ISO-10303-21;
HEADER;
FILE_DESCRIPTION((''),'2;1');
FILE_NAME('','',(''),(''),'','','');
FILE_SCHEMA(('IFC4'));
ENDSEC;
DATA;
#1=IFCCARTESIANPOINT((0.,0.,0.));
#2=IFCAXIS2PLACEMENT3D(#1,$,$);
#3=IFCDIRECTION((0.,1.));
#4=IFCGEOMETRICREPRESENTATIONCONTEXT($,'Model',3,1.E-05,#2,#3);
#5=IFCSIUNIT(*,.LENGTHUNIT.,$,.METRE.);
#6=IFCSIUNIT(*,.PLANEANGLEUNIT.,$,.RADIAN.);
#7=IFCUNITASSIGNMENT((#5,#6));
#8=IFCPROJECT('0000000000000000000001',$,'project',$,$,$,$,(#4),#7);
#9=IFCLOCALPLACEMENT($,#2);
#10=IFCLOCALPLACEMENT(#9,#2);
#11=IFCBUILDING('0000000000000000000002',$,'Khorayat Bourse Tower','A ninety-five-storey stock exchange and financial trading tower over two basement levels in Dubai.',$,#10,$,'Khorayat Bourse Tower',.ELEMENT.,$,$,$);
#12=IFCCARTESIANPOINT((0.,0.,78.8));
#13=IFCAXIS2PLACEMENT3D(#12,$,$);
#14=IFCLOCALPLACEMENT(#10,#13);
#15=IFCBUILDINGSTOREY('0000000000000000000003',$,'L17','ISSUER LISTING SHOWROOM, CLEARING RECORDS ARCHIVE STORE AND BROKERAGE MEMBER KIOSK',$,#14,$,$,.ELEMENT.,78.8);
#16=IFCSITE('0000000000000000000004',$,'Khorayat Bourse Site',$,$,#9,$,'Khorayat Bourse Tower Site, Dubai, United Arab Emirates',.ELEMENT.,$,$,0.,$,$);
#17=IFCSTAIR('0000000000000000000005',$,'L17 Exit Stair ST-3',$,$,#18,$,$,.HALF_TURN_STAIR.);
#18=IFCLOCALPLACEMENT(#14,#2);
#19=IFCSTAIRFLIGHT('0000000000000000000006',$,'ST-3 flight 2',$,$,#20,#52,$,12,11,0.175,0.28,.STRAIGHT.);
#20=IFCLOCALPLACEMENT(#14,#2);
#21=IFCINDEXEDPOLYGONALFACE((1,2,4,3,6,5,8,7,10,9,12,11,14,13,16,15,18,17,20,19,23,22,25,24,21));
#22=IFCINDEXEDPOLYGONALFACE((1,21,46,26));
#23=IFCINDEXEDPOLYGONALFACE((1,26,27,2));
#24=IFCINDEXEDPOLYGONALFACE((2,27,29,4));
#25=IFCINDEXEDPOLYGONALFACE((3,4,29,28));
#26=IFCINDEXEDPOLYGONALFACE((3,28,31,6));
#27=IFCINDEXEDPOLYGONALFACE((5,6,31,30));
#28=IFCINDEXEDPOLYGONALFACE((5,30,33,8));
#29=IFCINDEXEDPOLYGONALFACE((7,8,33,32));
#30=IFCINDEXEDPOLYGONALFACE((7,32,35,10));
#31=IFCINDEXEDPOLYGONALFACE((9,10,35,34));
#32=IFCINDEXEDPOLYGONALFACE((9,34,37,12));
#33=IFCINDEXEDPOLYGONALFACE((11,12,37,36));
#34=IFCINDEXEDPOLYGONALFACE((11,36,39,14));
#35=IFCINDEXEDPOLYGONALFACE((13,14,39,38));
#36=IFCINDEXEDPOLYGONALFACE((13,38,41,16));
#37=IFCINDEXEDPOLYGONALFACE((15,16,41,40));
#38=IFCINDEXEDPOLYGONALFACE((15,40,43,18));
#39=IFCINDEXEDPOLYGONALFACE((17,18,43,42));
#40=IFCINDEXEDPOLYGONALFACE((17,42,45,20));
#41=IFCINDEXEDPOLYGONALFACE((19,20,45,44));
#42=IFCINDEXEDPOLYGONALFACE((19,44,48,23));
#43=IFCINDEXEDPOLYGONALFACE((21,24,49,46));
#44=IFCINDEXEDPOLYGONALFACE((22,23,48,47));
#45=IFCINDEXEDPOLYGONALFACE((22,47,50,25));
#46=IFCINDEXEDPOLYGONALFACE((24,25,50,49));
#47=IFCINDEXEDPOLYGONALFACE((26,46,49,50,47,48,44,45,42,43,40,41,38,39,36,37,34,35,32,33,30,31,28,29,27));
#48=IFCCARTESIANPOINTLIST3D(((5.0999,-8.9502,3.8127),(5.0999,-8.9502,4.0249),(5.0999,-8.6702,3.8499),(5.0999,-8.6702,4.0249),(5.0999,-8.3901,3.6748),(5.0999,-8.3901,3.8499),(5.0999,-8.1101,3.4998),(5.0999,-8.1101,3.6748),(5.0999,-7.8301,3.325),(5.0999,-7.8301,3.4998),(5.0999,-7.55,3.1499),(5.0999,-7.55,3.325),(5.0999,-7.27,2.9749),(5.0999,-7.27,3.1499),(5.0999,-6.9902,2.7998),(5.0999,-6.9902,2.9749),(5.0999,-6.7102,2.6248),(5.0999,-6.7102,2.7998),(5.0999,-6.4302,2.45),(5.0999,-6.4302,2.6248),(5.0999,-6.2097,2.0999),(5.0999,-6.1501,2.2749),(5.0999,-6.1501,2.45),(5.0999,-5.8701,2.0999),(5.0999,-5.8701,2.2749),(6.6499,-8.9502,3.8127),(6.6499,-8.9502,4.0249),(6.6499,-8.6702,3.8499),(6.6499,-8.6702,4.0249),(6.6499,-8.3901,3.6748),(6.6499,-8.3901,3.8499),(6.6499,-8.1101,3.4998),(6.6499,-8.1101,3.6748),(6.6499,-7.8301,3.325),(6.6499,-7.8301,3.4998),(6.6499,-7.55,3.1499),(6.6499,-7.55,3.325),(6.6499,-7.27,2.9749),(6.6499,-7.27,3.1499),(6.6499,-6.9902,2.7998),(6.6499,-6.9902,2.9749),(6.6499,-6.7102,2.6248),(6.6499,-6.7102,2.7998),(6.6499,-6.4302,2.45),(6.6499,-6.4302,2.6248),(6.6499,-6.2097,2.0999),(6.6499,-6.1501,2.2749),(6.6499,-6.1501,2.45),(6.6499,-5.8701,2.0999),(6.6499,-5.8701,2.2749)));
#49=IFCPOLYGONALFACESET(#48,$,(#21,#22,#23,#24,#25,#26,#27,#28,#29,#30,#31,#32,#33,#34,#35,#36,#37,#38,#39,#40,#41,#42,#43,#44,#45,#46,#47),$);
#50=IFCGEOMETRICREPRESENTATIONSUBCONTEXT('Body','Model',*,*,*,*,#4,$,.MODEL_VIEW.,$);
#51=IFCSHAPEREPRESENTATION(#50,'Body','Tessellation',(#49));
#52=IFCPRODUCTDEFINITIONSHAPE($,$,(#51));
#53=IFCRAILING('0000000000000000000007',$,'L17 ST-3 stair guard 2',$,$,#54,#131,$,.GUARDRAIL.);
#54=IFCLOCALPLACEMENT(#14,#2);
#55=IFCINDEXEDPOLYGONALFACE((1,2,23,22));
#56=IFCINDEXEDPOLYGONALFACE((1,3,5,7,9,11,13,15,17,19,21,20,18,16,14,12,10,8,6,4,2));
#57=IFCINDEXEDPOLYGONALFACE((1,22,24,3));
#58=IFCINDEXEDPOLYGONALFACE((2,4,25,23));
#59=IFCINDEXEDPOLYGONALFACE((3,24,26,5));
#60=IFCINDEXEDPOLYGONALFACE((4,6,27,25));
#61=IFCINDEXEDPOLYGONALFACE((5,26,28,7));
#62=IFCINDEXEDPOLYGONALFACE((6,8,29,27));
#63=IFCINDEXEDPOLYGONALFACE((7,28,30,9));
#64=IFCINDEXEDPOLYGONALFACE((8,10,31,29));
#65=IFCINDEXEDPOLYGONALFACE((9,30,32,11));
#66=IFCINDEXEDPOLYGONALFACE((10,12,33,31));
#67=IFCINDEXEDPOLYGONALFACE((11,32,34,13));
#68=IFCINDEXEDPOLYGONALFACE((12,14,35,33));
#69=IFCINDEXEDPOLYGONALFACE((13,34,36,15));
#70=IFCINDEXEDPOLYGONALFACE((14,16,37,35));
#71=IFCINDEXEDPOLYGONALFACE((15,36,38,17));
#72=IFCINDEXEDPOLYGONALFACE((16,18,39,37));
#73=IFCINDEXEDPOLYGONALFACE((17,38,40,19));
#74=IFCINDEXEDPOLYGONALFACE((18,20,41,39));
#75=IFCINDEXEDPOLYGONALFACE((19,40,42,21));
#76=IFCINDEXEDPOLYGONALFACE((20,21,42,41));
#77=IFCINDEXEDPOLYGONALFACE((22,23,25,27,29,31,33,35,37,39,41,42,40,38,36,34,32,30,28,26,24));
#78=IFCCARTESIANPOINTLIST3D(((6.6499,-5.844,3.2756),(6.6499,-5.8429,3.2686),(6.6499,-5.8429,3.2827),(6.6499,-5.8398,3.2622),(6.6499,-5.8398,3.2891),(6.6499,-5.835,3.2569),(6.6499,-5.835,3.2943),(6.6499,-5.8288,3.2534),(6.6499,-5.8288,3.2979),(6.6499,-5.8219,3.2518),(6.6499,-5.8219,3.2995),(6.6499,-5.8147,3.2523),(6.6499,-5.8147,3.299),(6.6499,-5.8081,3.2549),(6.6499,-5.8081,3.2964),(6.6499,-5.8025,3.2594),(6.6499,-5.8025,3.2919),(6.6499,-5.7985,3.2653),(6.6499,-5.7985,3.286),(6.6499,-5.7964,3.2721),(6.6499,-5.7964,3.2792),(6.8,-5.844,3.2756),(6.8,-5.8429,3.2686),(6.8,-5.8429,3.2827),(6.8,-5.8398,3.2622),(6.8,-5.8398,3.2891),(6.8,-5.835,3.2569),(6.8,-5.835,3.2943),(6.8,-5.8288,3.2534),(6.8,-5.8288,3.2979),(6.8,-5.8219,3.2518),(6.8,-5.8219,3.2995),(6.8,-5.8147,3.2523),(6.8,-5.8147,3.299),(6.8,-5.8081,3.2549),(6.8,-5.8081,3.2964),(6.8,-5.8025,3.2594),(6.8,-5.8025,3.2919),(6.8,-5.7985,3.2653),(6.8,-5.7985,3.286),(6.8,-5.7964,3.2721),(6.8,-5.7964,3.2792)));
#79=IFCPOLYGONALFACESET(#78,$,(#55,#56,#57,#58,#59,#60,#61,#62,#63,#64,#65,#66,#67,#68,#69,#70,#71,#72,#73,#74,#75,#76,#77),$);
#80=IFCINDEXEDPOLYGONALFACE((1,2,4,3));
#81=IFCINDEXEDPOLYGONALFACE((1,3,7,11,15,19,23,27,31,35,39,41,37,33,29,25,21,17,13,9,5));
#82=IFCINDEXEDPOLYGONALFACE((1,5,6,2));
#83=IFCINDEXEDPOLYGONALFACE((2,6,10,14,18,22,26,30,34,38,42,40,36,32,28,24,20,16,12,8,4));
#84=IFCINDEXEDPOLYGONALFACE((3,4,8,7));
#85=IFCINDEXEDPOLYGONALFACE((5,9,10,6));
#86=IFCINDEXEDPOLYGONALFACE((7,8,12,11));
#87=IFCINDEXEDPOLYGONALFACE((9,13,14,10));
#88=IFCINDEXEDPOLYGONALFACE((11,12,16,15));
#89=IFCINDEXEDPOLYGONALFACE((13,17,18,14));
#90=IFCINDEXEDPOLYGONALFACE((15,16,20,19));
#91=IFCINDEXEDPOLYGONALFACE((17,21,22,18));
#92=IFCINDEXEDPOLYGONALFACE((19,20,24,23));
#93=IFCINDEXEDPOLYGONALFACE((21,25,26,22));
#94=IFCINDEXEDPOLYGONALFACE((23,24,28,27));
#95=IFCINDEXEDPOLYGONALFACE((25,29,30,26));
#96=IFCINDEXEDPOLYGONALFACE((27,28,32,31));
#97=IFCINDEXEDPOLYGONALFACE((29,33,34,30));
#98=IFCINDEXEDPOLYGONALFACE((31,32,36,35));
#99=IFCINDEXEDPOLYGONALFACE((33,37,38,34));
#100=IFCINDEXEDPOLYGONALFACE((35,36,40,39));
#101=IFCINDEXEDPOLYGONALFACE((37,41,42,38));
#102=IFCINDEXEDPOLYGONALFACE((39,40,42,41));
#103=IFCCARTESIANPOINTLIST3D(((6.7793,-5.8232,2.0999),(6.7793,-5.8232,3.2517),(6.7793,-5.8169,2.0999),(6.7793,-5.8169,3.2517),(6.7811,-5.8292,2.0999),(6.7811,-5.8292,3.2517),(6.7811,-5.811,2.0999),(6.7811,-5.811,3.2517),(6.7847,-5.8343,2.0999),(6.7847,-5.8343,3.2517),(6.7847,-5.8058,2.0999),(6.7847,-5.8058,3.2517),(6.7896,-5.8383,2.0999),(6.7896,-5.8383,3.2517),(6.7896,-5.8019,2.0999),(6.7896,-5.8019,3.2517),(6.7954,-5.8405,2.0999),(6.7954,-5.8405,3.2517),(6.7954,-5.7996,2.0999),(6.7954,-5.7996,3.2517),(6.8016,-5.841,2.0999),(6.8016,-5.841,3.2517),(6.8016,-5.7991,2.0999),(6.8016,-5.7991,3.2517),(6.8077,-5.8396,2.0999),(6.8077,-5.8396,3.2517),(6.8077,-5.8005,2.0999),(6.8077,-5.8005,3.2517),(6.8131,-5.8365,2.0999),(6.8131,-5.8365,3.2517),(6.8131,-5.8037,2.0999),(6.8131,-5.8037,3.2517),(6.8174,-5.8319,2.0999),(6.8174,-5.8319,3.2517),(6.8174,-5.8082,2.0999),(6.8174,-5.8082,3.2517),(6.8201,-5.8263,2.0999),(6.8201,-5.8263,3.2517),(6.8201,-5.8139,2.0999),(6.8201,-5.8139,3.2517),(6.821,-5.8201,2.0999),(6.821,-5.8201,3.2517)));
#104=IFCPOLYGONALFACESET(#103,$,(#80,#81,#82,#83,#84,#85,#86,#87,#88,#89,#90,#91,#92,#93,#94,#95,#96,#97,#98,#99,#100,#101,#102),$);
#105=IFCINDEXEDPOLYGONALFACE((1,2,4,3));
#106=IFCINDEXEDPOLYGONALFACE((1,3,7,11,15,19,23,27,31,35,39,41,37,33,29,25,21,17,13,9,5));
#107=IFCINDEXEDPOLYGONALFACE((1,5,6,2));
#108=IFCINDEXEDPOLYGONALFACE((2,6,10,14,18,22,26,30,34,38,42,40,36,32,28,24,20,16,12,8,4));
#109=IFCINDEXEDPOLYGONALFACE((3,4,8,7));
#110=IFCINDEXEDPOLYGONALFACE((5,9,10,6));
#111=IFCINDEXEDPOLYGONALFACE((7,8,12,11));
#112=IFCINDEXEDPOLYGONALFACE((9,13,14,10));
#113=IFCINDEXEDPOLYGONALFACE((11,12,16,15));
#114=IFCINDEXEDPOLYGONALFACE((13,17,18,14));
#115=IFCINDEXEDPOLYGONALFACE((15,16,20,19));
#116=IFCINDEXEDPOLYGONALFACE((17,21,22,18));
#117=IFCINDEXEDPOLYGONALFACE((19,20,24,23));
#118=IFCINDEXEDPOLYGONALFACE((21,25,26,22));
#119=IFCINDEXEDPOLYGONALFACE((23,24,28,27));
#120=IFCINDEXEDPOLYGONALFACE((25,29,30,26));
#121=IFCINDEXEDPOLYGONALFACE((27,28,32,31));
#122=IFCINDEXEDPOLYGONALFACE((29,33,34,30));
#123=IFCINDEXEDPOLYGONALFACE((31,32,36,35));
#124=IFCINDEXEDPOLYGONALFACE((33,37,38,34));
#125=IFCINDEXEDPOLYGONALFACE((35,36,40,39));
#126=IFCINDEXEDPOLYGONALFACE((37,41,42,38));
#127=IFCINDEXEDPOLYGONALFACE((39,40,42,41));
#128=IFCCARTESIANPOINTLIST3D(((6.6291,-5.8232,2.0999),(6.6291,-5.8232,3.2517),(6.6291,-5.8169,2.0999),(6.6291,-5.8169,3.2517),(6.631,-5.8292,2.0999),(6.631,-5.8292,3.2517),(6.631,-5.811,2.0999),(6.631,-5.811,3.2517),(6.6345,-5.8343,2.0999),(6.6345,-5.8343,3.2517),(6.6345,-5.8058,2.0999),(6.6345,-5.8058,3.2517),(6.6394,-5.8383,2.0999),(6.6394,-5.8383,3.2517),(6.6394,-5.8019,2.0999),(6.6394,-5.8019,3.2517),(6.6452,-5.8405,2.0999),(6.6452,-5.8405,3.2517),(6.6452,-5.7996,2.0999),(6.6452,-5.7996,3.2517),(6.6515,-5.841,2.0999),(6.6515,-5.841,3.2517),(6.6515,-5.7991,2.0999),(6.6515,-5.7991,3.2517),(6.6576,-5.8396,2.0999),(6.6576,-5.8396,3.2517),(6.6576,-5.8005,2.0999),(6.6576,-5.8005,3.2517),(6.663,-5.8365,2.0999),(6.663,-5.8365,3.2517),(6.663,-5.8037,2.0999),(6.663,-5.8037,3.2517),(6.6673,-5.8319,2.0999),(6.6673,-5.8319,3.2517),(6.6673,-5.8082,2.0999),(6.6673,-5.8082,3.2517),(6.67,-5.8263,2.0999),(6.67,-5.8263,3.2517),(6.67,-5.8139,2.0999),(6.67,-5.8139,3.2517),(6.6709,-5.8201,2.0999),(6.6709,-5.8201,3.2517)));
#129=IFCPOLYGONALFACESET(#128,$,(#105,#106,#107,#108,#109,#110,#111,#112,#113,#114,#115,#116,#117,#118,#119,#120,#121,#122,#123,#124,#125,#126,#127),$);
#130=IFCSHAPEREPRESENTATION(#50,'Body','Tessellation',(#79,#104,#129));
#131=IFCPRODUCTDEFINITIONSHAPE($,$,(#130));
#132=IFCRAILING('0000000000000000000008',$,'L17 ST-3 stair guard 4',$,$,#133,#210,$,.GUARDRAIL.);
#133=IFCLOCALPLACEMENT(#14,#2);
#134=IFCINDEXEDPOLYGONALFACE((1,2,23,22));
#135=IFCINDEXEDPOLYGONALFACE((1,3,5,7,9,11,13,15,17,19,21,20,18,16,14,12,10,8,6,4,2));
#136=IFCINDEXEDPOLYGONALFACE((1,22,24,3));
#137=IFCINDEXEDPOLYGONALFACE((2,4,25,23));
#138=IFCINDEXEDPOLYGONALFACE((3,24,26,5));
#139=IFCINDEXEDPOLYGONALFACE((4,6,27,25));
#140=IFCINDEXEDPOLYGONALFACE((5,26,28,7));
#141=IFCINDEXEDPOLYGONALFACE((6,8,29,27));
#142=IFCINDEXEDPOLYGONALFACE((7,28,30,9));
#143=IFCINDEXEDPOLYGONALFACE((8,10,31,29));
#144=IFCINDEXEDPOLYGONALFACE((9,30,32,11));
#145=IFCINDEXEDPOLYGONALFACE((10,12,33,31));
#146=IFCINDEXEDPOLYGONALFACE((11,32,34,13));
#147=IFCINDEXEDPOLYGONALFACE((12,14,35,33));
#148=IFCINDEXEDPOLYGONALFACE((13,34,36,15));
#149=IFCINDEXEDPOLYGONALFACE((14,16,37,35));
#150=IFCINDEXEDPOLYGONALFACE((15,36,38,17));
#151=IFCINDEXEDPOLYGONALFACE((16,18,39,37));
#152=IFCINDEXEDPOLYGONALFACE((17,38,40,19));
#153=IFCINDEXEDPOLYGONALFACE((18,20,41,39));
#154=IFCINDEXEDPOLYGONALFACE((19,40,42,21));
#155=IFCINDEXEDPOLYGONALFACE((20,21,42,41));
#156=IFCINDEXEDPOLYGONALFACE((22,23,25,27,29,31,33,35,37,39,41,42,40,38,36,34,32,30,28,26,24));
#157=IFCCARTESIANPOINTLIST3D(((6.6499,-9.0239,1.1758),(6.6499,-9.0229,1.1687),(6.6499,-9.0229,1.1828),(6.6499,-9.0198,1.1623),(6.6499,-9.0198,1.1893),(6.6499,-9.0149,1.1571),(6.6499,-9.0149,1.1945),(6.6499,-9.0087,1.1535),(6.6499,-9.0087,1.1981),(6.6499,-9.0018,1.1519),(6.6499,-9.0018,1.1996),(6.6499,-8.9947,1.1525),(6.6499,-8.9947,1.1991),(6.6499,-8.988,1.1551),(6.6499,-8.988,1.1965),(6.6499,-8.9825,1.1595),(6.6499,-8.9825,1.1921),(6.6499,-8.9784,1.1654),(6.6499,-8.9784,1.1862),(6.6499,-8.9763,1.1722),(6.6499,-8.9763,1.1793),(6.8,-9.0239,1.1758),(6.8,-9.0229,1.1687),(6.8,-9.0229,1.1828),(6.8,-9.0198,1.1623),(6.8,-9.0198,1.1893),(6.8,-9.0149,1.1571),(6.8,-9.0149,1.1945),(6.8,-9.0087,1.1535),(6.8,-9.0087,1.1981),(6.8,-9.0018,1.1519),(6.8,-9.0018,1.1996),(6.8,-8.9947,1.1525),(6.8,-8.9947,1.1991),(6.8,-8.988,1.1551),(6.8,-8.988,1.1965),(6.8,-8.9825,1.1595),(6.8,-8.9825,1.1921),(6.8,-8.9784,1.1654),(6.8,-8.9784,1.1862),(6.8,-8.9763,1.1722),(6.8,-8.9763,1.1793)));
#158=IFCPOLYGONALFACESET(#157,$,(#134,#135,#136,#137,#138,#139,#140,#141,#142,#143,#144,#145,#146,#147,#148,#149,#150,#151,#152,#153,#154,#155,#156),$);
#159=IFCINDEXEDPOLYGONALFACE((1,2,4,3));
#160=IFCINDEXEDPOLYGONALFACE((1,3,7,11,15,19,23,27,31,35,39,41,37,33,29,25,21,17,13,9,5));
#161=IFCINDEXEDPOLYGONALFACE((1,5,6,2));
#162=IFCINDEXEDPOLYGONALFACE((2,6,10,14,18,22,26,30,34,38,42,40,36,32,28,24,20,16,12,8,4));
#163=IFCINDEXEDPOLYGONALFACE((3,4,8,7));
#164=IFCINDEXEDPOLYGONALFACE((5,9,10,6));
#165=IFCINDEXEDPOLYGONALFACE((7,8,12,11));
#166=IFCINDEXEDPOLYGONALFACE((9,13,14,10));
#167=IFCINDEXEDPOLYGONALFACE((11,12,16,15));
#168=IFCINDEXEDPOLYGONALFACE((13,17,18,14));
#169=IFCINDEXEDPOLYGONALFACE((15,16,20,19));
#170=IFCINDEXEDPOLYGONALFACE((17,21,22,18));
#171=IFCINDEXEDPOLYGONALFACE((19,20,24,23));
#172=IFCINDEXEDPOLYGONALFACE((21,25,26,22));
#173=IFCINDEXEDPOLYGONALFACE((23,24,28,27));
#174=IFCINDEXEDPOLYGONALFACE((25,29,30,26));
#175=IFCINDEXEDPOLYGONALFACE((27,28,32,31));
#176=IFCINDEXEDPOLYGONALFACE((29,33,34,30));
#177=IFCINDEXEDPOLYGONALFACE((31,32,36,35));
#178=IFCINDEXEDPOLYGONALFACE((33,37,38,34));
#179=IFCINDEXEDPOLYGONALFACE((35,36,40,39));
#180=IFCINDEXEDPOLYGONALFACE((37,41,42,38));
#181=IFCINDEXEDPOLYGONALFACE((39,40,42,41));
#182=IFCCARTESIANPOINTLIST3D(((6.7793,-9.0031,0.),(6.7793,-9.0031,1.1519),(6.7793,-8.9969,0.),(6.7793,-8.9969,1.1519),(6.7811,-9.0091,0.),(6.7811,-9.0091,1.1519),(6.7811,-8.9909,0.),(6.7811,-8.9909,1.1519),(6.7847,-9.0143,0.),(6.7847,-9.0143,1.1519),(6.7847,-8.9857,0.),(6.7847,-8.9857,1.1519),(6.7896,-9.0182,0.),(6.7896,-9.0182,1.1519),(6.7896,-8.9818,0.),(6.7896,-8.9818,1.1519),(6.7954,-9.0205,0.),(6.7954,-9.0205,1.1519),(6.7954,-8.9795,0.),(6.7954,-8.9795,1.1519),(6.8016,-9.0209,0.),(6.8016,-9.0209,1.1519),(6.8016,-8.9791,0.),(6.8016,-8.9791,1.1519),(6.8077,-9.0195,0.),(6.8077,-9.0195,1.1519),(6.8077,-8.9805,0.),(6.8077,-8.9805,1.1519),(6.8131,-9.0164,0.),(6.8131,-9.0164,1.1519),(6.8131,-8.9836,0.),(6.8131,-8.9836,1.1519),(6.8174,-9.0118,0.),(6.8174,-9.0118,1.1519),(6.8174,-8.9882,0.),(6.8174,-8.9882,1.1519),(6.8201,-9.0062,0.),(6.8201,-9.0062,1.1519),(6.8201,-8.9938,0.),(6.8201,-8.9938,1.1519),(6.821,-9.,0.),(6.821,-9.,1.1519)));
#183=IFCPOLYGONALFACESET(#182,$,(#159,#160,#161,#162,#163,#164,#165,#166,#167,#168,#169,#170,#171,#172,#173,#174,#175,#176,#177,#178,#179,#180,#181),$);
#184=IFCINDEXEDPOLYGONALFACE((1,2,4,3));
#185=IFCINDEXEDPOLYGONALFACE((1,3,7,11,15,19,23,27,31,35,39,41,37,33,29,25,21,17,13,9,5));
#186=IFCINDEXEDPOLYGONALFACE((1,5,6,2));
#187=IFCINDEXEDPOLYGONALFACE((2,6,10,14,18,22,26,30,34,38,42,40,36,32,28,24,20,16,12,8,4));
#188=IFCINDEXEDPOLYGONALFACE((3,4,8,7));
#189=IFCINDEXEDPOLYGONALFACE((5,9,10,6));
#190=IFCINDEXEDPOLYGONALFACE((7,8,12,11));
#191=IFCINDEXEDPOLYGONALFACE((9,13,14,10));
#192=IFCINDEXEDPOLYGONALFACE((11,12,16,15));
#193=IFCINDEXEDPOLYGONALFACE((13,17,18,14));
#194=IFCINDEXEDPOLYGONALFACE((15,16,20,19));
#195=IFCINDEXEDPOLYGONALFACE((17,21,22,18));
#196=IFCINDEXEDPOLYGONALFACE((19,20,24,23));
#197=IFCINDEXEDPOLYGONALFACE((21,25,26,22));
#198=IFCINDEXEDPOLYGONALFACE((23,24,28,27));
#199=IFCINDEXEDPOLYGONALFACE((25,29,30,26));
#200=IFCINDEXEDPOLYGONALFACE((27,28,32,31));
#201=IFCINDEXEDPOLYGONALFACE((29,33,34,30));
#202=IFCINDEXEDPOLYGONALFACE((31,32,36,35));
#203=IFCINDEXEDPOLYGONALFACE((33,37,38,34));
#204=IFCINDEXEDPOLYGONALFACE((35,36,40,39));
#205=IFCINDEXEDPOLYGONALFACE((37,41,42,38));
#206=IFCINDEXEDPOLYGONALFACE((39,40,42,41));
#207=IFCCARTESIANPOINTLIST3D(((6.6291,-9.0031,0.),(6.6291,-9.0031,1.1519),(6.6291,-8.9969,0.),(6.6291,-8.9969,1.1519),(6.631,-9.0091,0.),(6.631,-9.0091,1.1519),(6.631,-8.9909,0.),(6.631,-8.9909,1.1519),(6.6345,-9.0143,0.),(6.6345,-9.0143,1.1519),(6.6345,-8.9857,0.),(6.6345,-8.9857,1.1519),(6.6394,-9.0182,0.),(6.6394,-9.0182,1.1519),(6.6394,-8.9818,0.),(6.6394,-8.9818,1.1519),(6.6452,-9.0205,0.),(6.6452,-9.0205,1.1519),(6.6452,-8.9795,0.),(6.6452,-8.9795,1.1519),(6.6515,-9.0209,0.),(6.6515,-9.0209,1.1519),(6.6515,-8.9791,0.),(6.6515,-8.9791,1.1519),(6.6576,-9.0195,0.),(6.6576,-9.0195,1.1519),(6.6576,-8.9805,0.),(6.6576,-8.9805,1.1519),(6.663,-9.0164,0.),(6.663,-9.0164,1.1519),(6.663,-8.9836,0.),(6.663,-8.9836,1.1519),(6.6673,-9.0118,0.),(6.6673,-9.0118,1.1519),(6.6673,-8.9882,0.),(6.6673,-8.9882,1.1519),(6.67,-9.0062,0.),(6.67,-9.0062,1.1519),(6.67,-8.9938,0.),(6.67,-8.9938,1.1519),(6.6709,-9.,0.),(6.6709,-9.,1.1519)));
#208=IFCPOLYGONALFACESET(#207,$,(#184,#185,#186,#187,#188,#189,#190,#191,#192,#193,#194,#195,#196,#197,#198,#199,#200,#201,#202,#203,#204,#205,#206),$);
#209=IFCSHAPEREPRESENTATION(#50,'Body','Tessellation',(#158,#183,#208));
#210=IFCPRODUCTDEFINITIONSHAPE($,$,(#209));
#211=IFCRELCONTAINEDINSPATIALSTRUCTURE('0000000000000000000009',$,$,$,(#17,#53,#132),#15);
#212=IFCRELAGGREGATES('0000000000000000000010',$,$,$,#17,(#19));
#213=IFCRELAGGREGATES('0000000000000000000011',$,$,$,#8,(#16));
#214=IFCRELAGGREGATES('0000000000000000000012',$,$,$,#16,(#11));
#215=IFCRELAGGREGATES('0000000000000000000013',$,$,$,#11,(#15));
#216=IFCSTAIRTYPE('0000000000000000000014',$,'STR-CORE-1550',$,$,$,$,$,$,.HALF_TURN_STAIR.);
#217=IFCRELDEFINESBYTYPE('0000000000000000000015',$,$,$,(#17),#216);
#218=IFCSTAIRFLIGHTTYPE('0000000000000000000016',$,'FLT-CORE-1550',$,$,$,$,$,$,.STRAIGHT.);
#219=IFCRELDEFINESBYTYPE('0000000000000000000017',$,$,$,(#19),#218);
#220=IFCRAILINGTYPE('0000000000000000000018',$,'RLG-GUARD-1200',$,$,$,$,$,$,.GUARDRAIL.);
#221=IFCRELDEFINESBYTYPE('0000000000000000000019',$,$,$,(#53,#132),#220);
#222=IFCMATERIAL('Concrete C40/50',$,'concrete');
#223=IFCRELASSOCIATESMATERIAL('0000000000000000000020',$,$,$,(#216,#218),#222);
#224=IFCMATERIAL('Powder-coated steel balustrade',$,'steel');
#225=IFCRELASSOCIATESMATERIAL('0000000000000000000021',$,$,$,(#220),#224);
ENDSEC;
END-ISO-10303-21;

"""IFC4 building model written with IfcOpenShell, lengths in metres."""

from ifc_helpers import new_model, si_unit, direction, frame, origin, origin_2d, place, context, subcontext, project, spatial, polyline, circle, outline, extrude, source, transform, mapped, material, type_object, element, aggregate, save


model = new_model("IFC4")

# Units and contexts
model_context = context("Model", 3, precision=1e-05, world=origin(), true_north=direction((0.0, 1.0)))
body_context = subcontext(model_context, "Body", "Model", "MODEL_VIEW")
ifc_project = project(units=[si_unit("LENGTHUNIT", "METRE"), si_unit("PLANEANGLEUNIT", "RADIAN")], contexts=[model_context])

# Site, building, storey
site_placement = place(None, origin())
site = spatial("IfcSite", under=ifc_project, at=site_placement, Name="Khorayat Bourse Site", LongName="Khorayat Bourse Tower Site, Dubai, United Arab Emirates", CompositionType="ELEMENT", RefElevation=0.0)
building_placement = place(site_placement, origin())
building = spatial("IfcBuilding", under=site, at=building_placement, Name="Khorayat Bourse Tower", Description="A ninety-five-storey stock exchange and financial trading tower over two basement levels in Dubai.", LongName="Khorayat Bourse Tower", CompositionType="ELEMENT")
storey_placement = place(building_placement, frame((0.0, 0.0, 78.8)))
storey = spatial("IfcBuildingStorey", under=building, at=storey_placement, Name="L17", Description="ISSUER LISTING SHOWROOM, CLEARING RECORDS ARCHIVE STORE AND BROKERAGE MEMBER KIOSK", CompositionType="ELEMENT", Elevation=78.8)

# Stair, stair flight
ifc_material_1 = material(Name="Concrete C40/50", Category="concrete")
stair_type = type_object("IfcStairType", Name="STR-CORE-1550", PredefinedType="HALF_TURN_STAIR", material=ifc_material_1)
stair_placement = place(storey_placement, origin())
stair = element("IfcStair", 1, at=stair_placement, inside=storey, type_object=stair_type, Name="L17 Exit Stair ST-3", PredefinedType="HALF_TURN_STAIR")
stair_flight_type = type_object("IfcStairFlightType", Name="FLT-CORE-1550", PredefinedType="STRAIGHT", material=ifc_material_1)
shared_shape_1 = source(origin(), body_context, "Body", "SweptSolid", [
    extrude(outline(polyline([(0.0, 0.0), (0.0, 0.175), (0.28, 0.175), (0.28, 0.3501), (0.5601, 0.3501), (0.5601, 0.5249), (0.8401, 0.5249), (0.8401, 0.7), (1.1201, 0.7), (1.1201, 0.875), (1.3999, 0.875), (1.3999, 1.05), (1.6799, 1.05), (1.6799, 1.2251), (1.96, 1.2251), (1.96, 1.3999), (2.24, 1.3999), (2.24, 1.575), (2.52, 1.575), (2.52, 1.75), (2.8, 1.75), (2.8, 1.925), (3.0801, 1.925), (3.0801, 2.1001), (3.0801, 1.7129), (0.3396, 0.0), (0.0, 0.0)])), frame((0.0, 0.7749, 0.0), z_axis=(0.0, -1.0, 0.0), x_axis=(1.0, 0.0, 0.0)), (0.0, 0.0, 1.0), 1.55),
])
stair_flight_1_placement = place(storey_placement, frame((5.875, -5.8701, 2.0999), z_axis=(0.0, 0.0, 1.0), x_axis=(0.0, -1.0, 0.0)))
stair_flight_1 = element("IfcStairFlight", 2, at=stair_flight_1_placement, type_object=stair_flight_type, Name="ST-3 flight 2", NumberOfRisers=12, NumberOfTreads=11, PredefinedType="STRAIGHT", RiserHeight=0.175, TreadLength=0.28, context=body_context, shape_type="MappedRepresentation", body=[
    mapped(shared_shape_1, transform((0.0, 0.0, 0.0), scale=1.0)),
])
aggregate(stair, [stair_flight_1])

# Railings
ifc_material_2 = material(Name="Powder-coated steel balustrade", Category="steel")
railing_type_1 = type_object("IfcRailingType", Name="RLG-GUARD-1200", PredefinedType="GUARDRAIL", material=ifc_material_2)
shared_shape_2 = source(origin(), body_context, "Body", "SweptSolid", [
    extrude(circle(Radius=0.0239, at=origin_2d()), frame((0.0, 0.0, 1.1758), z_axis=(-1.0, 0.0, 0.0), x_axis=(0.0, -1.0, 0.0)), (0.0, 0.0, 1.0), 0.1501),
    extrude(circle(Radius=0.021, at=origin_2d()), origin(), (0.0, 0.0, 1.0), 1.1519),
    extrude(circle(Radius=0.021, at=origin_2d()), frame((-0.1501, 0.0, 0.0)), (0.0, 0.0, 1.0), 1.1519),
])
for number, where, name in (
    (3, (6.8, -5.8201, 2.0999), "L17 ST-3 stair guard 2"),
    (4, (6.8, -9.0, 0.0), "L17 ST-3 stair guard 4"),
):
    element("IfcRailing", number, at=place(storey_placement, frame(where)), inside=storey, type_object=railing_type_1, Name=name, PredefinedType="GUARDRAIL", context=body_context, shape_type="MappedRepresentation", body=[
        mapped(shared_shape_2, transform((0.0, 0.0, 0.0), scale=1.0)),
    ])

save(model, "model.ifc")
